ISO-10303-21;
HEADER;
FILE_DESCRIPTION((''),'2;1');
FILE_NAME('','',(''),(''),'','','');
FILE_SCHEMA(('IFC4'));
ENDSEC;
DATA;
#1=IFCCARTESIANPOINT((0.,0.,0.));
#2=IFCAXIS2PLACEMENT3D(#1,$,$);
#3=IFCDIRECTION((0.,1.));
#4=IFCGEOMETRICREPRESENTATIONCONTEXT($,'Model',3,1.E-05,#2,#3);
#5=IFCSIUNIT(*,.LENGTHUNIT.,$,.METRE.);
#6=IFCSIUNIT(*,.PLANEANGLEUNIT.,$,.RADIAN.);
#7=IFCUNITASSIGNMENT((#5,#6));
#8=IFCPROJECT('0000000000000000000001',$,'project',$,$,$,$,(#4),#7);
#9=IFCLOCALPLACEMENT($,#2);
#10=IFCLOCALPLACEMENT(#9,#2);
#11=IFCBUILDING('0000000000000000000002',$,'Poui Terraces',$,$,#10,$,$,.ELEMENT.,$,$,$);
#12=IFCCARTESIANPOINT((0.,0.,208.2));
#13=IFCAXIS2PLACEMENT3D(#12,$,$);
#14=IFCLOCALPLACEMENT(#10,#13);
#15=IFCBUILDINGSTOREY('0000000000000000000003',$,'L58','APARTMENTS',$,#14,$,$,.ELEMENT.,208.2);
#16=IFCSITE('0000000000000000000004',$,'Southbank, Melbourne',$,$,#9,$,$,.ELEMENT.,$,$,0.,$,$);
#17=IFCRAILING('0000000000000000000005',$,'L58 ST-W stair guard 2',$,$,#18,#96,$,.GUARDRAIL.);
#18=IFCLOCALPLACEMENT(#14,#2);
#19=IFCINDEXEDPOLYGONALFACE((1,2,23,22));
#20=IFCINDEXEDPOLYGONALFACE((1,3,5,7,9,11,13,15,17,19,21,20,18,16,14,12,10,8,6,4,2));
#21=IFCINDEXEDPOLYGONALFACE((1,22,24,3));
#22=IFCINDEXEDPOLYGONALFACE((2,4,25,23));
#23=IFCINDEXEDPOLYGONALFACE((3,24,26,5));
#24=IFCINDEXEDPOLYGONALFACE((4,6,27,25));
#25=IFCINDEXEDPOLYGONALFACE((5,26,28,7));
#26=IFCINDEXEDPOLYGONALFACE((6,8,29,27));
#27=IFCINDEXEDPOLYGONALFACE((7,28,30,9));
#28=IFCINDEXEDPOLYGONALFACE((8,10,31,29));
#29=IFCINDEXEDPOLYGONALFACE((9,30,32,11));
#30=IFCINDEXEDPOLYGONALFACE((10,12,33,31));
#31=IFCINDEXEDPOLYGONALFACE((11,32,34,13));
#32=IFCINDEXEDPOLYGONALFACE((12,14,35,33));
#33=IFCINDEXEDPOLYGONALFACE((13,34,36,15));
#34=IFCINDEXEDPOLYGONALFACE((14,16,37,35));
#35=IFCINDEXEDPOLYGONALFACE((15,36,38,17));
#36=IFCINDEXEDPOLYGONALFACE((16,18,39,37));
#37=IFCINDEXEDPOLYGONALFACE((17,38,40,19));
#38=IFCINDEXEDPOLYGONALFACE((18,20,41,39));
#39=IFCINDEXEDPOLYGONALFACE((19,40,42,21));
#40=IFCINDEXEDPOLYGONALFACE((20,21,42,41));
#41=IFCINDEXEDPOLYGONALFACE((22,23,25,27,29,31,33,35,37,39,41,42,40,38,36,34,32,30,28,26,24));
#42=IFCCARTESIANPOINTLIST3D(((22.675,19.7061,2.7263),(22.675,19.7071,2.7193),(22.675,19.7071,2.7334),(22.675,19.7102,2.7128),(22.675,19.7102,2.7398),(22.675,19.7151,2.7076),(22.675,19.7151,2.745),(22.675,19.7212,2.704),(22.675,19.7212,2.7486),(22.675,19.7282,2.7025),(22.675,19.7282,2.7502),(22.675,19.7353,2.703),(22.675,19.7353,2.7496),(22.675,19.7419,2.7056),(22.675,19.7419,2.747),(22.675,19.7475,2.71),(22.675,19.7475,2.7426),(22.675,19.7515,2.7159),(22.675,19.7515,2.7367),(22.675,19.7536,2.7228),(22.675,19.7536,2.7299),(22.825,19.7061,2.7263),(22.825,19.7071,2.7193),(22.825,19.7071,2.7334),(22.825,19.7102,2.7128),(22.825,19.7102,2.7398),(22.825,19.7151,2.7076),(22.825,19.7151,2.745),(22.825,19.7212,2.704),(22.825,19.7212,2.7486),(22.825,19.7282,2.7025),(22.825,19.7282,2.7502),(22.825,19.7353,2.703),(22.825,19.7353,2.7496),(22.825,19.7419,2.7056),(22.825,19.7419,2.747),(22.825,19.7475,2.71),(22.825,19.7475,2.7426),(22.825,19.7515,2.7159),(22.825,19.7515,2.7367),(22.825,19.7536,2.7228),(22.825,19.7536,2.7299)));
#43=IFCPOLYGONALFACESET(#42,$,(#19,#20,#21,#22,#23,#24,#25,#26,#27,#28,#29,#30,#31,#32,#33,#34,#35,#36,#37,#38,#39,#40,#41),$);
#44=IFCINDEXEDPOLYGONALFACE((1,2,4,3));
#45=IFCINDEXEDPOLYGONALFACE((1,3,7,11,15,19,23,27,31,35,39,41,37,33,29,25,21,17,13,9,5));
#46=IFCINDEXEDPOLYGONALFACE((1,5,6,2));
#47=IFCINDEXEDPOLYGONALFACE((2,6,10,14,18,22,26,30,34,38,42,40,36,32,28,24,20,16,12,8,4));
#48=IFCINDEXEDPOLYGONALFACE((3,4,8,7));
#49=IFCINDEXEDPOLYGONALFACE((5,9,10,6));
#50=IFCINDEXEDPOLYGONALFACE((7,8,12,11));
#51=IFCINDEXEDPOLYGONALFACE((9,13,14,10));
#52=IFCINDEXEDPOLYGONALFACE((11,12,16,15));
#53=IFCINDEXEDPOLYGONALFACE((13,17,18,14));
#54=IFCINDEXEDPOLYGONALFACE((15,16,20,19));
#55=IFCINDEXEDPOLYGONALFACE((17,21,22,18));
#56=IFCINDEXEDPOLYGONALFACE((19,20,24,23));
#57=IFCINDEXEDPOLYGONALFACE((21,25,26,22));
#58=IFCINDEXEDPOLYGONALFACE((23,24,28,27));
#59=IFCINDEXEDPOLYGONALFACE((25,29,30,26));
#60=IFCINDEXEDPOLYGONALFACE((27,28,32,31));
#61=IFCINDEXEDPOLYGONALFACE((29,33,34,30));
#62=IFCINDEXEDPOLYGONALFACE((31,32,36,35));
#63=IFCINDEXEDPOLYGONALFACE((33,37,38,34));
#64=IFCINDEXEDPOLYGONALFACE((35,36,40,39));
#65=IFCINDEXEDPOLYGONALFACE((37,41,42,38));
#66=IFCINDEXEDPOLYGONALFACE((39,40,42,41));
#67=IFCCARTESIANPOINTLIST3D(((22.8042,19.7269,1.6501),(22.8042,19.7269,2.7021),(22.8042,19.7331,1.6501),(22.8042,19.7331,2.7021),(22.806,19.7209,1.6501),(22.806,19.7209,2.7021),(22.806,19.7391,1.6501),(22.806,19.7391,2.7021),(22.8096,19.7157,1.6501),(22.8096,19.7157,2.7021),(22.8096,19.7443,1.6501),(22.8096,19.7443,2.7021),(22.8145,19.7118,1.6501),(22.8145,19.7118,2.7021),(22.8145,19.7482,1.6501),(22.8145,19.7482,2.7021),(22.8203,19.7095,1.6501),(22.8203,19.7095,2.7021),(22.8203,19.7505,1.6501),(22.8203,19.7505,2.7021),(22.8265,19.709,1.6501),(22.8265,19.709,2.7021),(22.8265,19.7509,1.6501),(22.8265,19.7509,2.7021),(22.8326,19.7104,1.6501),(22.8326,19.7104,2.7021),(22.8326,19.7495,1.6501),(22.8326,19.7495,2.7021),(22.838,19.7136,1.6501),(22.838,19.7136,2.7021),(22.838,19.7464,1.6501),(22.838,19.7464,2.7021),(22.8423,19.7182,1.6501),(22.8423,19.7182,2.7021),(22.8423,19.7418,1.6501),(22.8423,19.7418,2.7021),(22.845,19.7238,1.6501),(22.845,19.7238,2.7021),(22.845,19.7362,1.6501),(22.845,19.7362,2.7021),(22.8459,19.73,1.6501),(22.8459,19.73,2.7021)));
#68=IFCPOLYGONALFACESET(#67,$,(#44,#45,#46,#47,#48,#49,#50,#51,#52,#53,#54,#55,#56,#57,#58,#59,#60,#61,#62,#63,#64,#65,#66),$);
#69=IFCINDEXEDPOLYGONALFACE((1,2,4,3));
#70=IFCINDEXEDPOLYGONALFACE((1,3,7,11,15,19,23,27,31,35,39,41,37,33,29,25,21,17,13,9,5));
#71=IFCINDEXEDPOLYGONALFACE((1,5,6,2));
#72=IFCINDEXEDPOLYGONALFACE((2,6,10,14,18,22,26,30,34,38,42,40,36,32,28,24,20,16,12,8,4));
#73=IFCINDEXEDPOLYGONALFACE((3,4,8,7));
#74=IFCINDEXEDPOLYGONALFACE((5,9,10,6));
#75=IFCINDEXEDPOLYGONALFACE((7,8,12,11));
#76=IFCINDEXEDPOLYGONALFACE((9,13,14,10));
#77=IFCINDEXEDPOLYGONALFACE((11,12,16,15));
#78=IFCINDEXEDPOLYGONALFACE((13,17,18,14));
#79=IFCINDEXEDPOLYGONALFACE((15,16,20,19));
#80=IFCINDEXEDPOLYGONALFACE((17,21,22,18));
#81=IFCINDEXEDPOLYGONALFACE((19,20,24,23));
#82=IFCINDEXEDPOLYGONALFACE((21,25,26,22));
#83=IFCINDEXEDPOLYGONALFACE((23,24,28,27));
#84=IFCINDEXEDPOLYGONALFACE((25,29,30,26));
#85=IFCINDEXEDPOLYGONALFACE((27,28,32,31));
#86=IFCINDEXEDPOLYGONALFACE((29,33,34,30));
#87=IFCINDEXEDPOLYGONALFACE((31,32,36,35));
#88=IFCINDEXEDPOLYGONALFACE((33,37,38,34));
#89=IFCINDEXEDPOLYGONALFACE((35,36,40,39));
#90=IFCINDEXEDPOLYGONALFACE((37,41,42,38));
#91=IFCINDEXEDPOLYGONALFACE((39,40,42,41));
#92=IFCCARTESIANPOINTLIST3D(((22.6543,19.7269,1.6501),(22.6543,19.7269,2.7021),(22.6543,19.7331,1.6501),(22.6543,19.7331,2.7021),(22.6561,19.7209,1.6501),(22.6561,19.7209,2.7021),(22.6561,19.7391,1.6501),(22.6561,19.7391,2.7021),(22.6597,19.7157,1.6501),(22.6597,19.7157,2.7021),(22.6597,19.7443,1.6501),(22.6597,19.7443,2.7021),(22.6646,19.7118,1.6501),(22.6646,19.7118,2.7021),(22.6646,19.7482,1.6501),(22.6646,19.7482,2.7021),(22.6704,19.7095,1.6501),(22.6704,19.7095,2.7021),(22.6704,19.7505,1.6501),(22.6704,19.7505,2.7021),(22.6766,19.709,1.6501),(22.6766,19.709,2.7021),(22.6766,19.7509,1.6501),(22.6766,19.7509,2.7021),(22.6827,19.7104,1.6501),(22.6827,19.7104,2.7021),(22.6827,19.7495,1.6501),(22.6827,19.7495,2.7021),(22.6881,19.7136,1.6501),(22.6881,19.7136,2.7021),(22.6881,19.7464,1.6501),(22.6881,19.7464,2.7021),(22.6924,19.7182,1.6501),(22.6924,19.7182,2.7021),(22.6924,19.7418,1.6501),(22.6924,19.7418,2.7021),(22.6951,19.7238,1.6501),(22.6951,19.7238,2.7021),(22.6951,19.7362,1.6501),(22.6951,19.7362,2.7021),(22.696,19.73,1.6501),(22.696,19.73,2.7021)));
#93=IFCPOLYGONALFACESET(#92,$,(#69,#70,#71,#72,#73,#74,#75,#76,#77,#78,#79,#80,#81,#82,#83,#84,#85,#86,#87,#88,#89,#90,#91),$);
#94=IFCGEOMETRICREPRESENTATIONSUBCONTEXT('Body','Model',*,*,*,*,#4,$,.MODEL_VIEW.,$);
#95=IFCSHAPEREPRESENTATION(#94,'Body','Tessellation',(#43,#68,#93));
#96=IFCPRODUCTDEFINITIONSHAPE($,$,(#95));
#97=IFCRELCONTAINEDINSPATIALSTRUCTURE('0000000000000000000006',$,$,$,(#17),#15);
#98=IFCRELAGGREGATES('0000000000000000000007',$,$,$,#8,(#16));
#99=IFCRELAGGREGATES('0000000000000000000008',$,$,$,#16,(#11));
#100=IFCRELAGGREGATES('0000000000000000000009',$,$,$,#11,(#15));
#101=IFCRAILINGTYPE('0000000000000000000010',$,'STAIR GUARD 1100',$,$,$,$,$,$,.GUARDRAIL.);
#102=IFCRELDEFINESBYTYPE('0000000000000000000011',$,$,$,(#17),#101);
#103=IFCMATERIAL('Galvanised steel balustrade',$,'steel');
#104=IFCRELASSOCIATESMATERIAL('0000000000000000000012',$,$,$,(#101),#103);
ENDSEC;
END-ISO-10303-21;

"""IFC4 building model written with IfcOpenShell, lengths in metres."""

from ifc_helpers import new_model, si_unit, direction, frame, origin, origin_2d, place, context, subcontext, project, spatial, circle, extrude, material, type_object, element, save


model = new_model("IFC4")

# Units and contexts
model_context = context("Model", 3, precision=1e-05, world=origin(), true_north=direction((0.0, 1.0)))
body_context = subcontext(model_context, "Body", "Model", "MODEL_VIEW")
ifc_project = project(units=[si_unit("LENGTHUNIT", "METRE"), si_unit("PLANEANGLEUNIT", "RADIAN")], contexts=[model_context])

# Site, building, storey
site_placement = place(None, origin())
site = spatial("IfcSite", under=ifc_project, at=site_placement, Name="Southbank, Melbourne", CompositionType="ELEMENT", RefElevation=0.0)
building_placement = place(site_placement, origin())
building = spatial("IfcBuilding", under=site, at=building_placement, Name="Poui Terraces", CompositionType="ELEMENT")
storey_placement = place(building_placement, frame((0.0, 0.0, 208.2)))
storey = spatial("IfcBuildingStorey", under=building, at=storey_placement, Name="L58", Description="APARTMENTS", CompositionType="ELEMENT", Elevation=208.2)

# Railing
ifc_material_1 = material(Name="Galvanised steel balustrade", Category="steel")
railing_type_1 = type_object("IfcRailingType", Name="STAIR GUARD 1100", PredefinedType="GUARDRAIL", material=ifc_material_1)
railing_1_placement = place(storey_placement, frame((22.825, 19.73, 1.6501)))
element("IfcRailing", 1, at=railing_1_placement, inside=storey, type_object=railing_type_1, Name="L58 ST-W stair guard 2", PredefinedType="GUARDRAIL", context=body_context, shape_type="SweptSolid", body=[
    extrude(circle(Radius=0.0239, at=origin_2d()), frame((0.0, 0.0, 1.0762), z_axis=(-1.0, 0.0, 0.0), x_axis=(0.0, -1.0, 0.0)), (0.0, 0.0, 1.0), 0.1499),
    extrude(circle(Radius=0.021, at=origin_2d()), origin(), (0.0, 0.0, 1.0), 1.052),
    extrude(circle(Radius=0.021, at=origin_2d()), frame((-0.1499, 0.0, 0.0)), (0.0, 0.0, 1.0), 1.052),
])

save(model, "model.ifc")
